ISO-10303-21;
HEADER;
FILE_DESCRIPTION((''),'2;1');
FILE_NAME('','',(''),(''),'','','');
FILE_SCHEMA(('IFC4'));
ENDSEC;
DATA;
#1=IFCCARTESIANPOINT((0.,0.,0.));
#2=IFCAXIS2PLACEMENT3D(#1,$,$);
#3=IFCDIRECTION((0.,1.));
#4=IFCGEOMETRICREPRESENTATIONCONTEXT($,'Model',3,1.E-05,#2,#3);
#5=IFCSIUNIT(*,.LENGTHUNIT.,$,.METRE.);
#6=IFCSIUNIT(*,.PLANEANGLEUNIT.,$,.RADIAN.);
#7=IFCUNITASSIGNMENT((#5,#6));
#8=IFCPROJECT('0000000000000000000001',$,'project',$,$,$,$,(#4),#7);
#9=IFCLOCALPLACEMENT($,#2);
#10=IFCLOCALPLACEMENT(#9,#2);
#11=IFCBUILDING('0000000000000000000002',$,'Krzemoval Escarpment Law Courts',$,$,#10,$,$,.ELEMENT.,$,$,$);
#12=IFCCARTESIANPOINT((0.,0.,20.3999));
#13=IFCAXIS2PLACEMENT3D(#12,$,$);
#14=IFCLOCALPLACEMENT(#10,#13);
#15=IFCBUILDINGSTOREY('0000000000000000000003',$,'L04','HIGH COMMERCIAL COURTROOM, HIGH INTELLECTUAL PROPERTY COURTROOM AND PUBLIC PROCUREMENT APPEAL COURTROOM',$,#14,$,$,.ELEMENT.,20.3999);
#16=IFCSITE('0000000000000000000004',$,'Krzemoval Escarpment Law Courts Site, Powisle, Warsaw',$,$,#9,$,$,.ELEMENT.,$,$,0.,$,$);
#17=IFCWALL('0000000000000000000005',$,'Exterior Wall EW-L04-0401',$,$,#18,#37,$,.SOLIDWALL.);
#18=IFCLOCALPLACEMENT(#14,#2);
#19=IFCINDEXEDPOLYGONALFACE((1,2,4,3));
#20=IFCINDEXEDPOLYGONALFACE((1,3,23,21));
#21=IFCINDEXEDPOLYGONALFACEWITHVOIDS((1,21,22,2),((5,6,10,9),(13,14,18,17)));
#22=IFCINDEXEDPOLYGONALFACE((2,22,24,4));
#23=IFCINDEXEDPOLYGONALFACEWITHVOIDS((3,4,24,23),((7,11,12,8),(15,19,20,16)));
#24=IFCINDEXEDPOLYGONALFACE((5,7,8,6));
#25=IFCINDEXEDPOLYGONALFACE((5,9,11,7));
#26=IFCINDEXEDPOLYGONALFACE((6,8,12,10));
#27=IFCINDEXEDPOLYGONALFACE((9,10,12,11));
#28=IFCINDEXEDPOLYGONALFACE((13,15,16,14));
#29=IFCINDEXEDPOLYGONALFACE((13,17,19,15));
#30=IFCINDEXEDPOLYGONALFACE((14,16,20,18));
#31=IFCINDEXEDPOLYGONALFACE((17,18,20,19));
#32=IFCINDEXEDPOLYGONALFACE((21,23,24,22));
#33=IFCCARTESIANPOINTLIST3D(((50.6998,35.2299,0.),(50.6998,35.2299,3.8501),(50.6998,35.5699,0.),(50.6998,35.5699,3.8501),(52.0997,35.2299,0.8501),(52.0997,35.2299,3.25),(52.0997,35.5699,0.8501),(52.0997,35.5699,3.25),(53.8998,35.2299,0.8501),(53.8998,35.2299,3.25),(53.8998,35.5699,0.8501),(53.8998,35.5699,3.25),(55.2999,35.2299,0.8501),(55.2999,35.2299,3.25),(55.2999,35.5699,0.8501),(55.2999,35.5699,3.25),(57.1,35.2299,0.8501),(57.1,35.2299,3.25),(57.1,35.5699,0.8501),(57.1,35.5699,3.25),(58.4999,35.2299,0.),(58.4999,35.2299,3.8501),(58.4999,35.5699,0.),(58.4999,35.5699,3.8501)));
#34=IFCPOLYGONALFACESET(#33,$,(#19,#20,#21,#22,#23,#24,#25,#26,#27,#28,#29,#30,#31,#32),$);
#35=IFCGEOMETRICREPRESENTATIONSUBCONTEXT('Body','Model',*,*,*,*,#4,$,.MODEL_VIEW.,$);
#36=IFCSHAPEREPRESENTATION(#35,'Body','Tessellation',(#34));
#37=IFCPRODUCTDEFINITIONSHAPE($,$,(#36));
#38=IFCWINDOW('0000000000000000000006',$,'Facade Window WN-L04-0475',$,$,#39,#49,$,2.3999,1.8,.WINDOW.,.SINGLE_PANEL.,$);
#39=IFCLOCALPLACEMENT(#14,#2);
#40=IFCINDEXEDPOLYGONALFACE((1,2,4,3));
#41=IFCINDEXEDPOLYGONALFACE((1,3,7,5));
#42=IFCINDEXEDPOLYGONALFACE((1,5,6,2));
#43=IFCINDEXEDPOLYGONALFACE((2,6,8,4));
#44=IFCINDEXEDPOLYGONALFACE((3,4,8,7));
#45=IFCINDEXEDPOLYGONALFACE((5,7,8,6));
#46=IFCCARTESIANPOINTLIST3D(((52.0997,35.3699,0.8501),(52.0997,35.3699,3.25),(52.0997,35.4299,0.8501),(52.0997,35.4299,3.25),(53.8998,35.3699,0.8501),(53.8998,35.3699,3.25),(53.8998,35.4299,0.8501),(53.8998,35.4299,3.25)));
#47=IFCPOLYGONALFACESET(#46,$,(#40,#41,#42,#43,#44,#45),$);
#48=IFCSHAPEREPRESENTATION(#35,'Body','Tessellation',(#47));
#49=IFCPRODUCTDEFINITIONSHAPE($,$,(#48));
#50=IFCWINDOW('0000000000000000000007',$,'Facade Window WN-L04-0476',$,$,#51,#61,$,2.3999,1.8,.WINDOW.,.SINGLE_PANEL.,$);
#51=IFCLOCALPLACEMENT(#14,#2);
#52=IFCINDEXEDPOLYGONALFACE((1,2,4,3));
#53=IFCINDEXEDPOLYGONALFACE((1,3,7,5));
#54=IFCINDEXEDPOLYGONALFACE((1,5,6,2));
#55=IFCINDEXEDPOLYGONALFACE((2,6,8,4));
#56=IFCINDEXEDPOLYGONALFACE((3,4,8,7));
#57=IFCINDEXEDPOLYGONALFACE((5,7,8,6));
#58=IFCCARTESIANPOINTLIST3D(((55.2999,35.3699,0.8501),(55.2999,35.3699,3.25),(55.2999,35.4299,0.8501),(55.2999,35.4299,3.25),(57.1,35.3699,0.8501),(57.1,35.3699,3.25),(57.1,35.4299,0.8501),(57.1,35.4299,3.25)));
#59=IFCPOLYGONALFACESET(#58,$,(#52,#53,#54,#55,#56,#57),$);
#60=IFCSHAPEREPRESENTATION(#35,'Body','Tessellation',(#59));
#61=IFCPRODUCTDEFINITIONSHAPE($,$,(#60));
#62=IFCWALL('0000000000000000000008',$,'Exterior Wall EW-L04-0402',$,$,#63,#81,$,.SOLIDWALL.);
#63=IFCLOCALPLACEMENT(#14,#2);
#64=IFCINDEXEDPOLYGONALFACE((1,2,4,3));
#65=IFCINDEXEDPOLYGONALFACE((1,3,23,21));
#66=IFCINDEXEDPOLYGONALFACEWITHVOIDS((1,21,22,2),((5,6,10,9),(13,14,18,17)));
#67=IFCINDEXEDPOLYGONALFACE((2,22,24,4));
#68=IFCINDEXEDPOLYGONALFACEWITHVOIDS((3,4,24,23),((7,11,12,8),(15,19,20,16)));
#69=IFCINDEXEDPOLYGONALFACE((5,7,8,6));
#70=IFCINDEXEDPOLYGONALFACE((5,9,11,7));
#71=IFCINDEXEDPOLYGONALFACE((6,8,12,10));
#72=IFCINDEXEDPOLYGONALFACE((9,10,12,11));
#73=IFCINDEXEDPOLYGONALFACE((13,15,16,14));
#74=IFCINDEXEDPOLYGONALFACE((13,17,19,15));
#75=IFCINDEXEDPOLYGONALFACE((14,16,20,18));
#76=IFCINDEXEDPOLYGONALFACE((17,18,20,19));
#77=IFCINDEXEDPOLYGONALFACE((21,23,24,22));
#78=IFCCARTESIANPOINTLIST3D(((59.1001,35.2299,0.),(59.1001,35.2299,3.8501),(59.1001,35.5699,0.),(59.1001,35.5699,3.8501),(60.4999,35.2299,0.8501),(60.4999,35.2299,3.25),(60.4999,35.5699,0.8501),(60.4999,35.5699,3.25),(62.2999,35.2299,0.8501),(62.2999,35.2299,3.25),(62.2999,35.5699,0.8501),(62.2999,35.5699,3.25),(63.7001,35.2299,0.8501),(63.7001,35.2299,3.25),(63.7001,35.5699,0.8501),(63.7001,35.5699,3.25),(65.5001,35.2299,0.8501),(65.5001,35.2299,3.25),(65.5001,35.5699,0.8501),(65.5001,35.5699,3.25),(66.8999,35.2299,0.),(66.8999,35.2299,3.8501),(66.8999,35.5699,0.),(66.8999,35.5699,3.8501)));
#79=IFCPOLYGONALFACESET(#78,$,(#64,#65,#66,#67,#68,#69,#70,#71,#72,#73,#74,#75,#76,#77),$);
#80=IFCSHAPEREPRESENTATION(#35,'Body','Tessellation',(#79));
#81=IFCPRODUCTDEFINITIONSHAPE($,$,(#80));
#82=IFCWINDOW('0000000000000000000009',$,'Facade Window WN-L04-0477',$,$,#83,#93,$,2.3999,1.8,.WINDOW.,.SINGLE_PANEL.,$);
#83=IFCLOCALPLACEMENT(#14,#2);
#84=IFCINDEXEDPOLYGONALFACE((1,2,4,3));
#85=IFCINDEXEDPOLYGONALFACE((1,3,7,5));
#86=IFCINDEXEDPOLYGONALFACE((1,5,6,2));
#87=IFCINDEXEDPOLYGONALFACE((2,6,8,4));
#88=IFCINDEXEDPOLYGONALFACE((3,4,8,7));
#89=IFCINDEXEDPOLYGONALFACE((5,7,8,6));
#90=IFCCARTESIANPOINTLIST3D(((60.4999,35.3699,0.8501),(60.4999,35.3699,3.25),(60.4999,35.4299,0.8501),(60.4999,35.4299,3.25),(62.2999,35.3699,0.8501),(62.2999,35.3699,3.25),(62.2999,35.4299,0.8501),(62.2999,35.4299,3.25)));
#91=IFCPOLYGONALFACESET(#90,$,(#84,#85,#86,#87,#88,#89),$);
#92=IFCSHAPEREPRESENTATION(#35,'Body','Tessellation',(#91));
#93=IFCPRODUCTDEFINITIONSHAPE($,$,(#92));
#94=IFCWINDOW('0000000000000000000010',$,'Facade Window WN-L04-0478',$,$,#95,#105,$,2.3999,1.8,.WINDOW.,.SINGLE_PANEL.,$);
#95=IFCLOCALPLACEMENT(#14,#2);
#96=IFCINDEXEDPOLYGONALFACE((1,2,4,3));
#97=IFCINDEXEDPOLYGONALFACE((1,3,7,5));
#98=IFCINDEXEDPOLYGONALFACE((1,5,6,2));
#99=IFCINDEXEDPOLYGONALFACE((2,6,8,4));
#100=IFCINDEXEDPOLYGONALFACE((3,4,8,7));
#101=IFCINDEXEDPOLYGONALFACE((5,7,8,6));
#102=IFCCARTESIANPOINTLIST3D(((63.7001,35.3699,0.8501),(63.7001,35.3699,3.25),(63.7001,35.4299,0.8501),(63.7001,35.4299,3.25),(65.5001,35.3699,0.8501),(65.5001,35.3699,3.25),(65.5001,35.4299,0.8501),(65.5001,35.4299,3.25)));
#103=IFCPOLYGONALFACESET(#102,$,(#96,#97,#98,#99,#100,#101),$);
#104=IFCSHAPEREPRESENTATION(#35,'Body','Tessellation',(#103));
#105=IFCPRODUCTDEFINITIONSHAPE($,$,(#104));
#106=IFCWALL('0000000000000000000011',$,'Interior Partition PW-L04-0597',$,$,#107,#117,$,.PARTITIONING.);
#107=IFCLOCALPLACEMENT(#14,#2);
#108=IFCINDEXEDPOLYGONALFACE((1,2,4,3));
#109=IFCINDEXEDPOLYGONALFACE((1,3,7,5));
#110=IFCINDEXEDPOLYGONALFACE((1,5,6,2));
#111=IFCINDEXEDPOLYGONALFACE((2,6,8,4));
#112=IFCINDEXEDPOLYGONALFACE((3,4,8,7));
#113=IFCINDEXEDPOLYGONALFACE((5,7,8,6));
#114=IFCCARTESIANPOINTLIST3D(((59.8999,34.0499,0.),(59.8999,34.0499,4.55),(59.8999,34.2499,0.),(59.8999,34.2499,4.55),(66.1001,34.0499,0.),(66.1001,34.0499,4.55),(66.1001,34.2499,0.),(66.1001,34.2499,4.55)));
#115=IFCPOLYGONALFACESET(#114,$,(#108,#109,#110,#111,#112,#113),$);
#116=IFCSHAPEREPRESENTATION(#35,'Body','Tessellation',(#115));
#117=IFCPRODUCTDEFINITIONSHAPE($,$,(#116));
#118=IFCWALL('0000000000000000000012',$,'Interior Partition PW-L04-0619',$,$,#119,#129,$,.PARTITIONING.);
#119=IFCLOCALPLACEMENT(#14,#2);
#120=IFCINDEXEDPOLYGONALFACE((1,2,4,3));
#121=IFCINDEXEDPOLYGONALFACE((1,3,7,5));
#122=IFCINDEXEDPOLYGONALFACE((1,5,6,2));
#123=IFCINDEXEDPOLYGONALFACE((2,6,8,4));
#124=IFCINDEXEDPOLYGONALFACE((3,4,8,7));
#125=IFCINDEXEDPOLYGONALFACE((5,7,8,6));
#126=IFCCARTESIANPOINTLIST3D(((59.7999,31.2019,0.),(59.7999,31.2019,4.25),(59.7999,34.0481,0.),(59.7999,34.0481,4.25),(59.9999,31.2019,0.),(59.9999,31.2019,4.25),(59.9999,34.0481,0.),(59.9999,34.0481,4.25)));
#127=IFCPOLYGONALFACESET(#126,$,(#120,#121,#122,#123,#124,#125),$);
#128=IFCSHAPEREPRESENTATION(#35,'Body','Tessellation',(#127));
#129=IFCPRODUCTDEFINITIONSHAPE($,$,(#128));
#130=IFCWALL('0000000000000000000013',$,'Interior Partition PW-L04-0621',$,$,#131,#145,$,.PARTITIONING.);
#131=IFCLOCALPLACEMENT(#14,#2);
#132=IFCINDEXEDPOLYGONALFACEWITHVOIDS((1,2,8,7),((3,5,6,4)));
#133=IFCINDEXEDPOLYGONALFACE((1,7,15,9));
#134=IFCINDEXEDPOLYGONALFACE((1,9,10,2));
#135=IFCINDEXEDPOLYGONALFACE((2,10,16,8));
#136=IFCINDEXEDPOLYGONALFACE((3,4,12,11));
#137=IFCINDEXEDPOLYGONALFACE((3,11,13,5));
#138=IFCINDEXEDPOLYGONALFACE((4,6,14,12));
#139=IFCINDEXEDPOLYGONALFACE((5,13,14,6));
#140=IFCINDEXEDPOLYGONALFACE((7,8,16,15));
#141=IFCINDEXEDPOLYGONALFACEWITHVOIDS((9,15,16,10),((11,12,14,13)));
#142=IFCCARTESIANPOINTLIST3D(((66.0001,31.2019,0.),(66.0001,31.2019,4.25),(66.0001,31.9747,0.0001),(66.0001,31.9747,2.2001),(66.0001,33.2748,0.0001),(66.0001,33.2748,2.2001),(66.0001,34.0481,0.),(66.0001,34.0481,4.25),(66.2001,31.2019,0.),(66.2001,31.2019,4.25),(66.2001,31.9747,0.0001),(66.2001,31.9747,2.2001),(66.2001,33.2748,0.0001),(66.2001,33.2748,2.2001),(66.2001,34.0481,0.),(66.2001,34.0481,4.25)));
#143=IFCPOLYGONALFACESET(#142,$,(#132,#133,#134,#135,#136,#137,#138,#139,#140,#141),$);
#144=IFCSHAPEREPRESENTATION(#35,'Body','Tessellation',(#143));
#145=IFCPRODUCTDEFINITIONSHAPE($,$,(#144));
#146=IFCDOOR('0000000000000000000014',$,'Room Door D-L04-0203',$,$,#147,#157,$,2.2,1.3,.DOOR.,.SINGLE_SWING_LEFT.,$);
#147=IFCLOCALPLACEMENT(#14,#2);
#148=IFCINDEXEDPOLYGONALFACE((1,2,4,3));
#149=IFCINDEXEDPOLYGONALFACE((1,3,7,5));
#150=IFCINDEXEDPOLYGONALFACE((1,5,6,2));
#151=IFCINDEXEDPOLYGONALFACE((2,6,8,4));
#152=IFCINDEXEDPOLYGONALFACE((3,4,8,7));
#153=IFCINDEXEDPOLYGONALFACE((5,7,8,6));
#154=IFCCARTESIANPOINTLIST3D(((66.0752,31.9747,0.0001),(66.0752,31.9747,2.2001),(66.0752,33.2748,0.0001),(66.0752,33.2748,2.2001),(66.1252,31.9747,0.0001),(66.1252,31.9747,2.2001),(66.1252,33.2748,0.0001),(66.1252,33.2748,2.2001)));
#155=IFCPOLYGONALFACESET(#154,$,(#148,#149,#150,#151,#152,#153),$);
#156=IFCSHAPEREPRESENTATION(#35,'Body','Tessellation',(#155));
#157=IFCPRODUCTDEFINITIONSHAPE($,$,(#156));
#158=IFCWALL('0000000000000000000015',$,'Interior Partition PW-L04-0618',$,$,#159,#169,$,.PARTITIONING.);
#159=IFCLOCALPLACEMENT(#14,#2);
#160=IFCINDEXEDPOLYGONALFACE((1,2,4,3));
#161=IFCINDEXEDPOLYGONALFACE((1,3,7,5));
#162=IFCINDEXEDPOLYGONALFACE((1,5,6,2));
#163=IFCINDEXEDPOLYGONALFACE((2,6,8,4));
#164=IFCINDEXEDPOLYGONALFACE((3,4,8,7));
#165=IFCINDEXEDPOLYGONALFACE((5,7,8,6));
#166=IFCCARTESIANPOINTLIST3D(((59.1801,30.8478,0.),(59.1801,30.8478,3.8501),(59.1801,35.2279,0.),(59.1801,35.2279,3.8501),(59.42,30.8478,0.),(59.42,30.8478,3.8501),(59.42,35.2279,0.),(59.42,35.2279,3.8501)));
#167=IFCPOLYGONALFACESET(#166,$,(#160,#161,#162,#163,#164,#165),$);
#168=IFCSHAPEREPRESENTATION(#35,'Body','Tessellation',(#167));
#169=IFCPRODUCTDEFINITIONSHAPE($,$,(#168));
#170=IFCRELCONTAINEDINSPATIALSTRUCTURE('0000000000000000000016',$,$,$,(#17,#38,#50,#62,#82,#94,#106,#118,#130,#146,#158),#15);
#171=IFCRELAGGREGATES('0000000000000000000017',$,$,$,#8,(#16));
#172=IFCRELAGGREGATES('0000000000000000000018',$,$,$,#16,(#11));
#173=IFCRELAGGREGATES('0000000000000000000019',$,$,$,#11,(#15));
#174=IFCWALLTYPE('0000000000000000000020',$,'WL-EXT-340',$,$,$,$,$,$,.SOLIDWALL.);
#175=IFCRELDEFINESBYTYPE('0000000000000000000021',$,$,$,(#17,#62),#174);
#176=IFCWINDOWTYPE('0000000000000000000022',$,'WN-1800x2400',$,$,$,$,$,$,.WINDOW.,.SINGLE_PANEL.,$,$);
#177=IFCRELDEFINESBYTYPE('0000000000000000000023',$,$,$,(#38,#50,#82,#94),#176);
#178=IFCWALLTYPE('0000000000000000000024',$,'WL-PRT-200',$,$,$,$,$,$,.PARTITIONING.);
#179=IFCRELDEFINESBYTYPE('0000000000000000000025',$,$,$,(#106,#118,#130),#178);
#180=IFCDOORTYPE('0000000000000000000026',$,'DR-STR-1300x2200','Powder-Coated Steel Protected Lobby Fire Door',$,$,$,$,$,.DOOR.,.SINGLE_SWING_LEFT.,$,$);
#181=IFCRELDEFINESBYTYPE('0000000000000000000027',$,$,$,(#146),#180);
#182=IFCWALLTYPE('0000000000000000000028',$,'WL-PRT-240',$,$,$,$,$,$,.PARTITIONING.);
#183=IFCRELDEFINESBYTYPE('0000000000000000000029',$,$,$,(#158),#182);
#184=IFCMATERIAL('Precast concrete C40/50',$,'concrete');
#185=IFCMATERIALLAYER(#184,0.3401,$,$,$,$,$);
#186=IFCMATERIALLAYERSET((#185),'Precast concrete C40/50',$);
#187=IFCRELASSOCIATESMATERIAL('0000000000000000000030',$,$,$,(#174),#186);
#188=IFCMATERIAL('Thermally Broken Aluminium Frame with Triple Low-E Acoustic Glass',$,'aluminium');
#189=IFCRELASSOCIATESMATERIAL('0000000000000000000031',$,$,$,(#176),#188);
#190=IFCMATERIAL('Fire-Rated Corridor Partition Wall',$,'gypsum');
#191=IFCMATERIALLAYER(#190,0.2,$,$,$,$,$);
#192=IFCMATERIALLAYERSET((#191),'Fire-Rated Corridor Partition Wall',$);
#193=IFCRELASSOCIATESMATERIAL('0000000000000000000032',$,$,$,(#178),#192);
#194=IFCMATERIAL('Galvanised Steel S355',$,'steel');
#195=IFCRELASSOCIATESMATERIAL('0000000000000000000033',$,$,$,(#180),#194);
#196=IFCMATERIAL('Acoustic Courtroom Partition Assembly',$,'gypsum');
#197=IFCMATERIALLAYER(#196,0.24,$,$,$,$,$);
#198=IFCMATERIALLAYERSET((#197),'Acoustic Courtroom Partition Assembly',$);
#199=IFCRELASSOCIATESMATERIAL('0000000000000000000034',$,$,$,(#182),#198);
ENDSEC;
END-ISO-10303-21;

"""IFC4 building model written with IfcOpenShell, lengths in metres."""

from ifc_helpers import new_model, si_unit, direction, frame, frame_2d, origin, place, context, subcontext, project, spatial, rectangle, extrude, material, layer, layer_set, type_object, element, fill, save


model = new_model("IFC4")

# Units and contexts
model_context = context("Model", 3, precision=1e-05, world=origin(), true_north=direction((0.0, 1.0)))
body_context = subcontext(model_context, "Body", "Model", "MODEL_VIEW")
ifc_project = project(units=[si_unit("LENGTHUNIT", "METRE"), si_unit("PLANEANGLEUNIT", "RADIAN")], contexts=[model_context])

# Site, building, storey
site_placement = place(None, origin())
site = spatial("IfcSite", under=ifc_project, at=site_placement, Name="Krzemoval Escarpment Law Courts Site, Powisle, Warsaw", CompositionType="ELEMENT", RefElevation=0.0)
building_placement = place(site_placement, origin())
building = spatial("IfcBuilding", under=site, at=building_placement, Name="Krzemoval Escarpment Law Courts", CompositionType="ELEMENT")
storey_placement = place(building_placement, frame((0.0, 0.0, 20.3999)))
storey = spatial("IfcBuildingStorey", under=building, at=storey_placement, Name="L04", Description="HIGH COMMERCIAL COURTROOM, HIGH INTELLECTUAL PROPERTY COURTROOM AND PUBLIC PROCUREMENT APPEAL COURTROOM", CompositionType="ELEMENT", Elevation=20.3999)

# Walls, openings, windows
ifc_material_1 = material(Name="Precast concrete C40/50", Category="concrete")
ifc_layer_1 = layer(ifc_material_1, 0.3401)
ifc_layer_set_1 = layer_set([ifc_layer_1], Name="Precast concrete C40/50")
wall_type_1 = type_object("IfcWallType", Name="WL-EXT-340", PredefinedType="SOLIDWALL", material=ifc_layer_set_1)
wall_1_placement = place(storey_placement, frame((50.7, 35.3999, 0.0), z_axis=(0.0, 0.0, 1.0), x_axis=(1.0, 0.0, 0.0)))
wall_1 = element("IfcWall", 1, at=wall_1_placement, inside=storey, type_object=wall_type_1, Name="Exterior Wall EW-L04-0401", PredefinedType="SOLIDWALL", context=body_context, shape_type="SweptSolid", body=[
    extrude(rectangle(XDim=7.8, YDim=0.3401, at=frame_2d((3.8999, 0.0))), origin(), (0.0, 0.0, 1.0), 3.8501),
])
opening_1_placement = place(wall_1_placement, frame((1.3999, 0.0, 0.8501)))
opening_1 = element("IfcOpeningElement", 2, at=opening_1_placement, cuts=wall_1, PredefinedType="OPENING", context=body_context, shape_type="SweptSolid", body=[
    extrude(rectangle(XDim=1.8, YDim=2.3999, at=frame_2d((0.8999, 1.2))), frame((0.0, 0.185, 0.0), z_axis=(0.0, -1.0, 0.0), x_axis=(1.0, 0.0, 0.0)), (0.0, 0.0, 1.0), 0.3701),
])
opening_2_placement = place(wall_1_placement, frame((4.6001, 0.0, 0.8501)))
opening_2 = element("IfcOpeningElement", 3, at=opening_2_placement, cuts=wall_1, PredefinedType="OPENING", context=body_context, shape_type="SweptSolid", body=[
    extrude(rectangle(XDim=1.8, YDim=2.3999, at=frame_2d((0.8999, 1.2))), frame((0.0, 0.185, 0.0), z_axis=(0.0, -1.0, 0.0), x_axis=(1.0, 0.0, 0.0)), (0.0, 0.0, 1.0), 0.3701),
])
ifc_material_2 = material(Name="Thermally Broken Aluminium Frame with Triple Low-E Acoustic Glass", Category="aluminium")
window_type = type_object("IfcWindowType", Name="WN-1800x2400", PartitioningType="SINGLE_PANEL", PredefinedType="WINDOW", material=ifc_material_2)
window_1_placement = place(opening_1_placement, origin())
window_1 = element("IfcWindow", 4, at=window_1_placement, inside=storey, type_object=window_type, Name="Facade Window WN-L04-0475", OverallHeight=2.3999, OverallWidth=1.8, PartitioningType="SINGLE_PANEL", PredefinedType="WINDOW", context=body_context, shape_type="SweptSolid", body=[
    extrude(rectangle(XDim=1.8, YDim=2.3999, at=frame_2d((0.8999, 1.2))), frame((0.0, 0.03, 0.0), z_axis=(0.0, -1.0, 0.0), x_axis=(1.0, 0.0, 0.0)), (0.0, 0.0, 1.0), 0.0601),
])
fill(opening_1, window_1)
window_2_placement = place(opening_2_placement, origin())
window_2 = element("IfcWindow", 5, at=window_2_placement, inside=storey, type_object=window_type, Name="Facade Window WN-L04-0476", OverallHeight=2.3999, OverallWidth=1.8, PartitioningType="SINGLE_PANEL", PredefinedType="WINDOW", context=body_context, shape_type="SweptSolid", body=[
    extrude(rectangle(XDim=1.8, YDim=2.3999, at=frame_2d((0.8999, 1.2))), frame((0.0, 0.03, 0.0), z_axis=(0.0, -1.0, 0.0), x_axis=(1.0, 0.0, 0.0)), (0.0, 0.0, 1.0), 0.0601),
])
fill(opening_2, window_2)
wall_2_placement = place(storey_placement, frame((59.1001, 35.3999, 0.0), z_axis=(0.0, 0.0, 1.0), x_axis=(1.0, 0.0, 0.0)))
wall_2 = element("IfcWall", 6, at=wall_2_placement, inside=storey, type_object=wall_type_1, Name="Exterior Wall EW-L04-0402", PredefinedType="SOLIDWALL", context=body_context, shape_type="SweptSolid", body=[
    extrude(rectangle(XDim=7.7998, YDim=0.3401, at=frame_2d((3.8999, 0.0))), origin(), (0.0, 0.0, 1.0), 3.8501),
])
opening_3_placement = place(wall_2_placement, frame((1.3999, 0.0, 0.8501)))
opening_3 = element("IfcOpeningElement", 7, at=opening_3_placement, cuts=wall_2, PredefinedType="OPENING", context=body_context, shape_type="SweptSolid", body=[
    extrude(rectangle(XDim=1.8, YDim=2.3999, at=frame_2d((0.8999, 1.2))), frame((0.0, 0.185, 0.0), z_axis=(0.0, -1.0, 0.0), x_axis=(1.0, 0.0, 0.0)), (0.0, 0.0, 1.0), 0.3701),
])
opening_4_placement = place(wall_2_placement, frame((4.6001, 0.0, 0.8501)))
opening_4 = element("IfcOpeningElement", 8, at=opening_4_placement, cuts=wall_2, PredefinedType="OPENING", context=body_context, shape_type="SweptSolid", body=[
    extrude(rectangle(XDim=1.8, YDim=2.3999, at=frame_2d((0.8999, 1.2))), frame((0.0, 0.185, 0.0), z_axis=(0.0, -1.0, 0.0), x_axis=(1.0, 0.0, 0.0)), (0.0, 0.0, 1.0), 0.3701),
])
window_3_placement = place(opening_3_placement, origin())
window_3 = element("IfcWindow", 9, at=window_3_placement, inside=storey, type_object=window_type, Name="Facade Window WN-L04-0477", OverallHeight=2.3999, OverallWidth=1.8, PartitioningType="SINGLE_PANEL", PredefinedType="WINDOW", context=body_context, shape_type="SweptSolid", body=[
    extrude(rectangle(XDim=1.8, YDim=2.3999, at=frame_2d((0.8999, 1.2))), frame((0.0, 0.03, 0.0), z_axis=(0.0, -1.0, 0.0), x_axis=(1.0, 0.0, 0.0)), (0.0, 0.0, 1.0), 0.0601),
])
fill(opening_3, window_3)
window_4_placement = place(opening_4_placement, origin())
window_4 = element("IfcWindow", 10, at=window_4_placement, inside=storey, type_object=window_type, Name="Facade Window WN-L04-0478", OverallHeight=2.3999, OverallWidth=1.8, PartitioningType="SINGLE_PANEL", PredefinedType="WINDOW", context=body_context, shape_type="SweptSolid", body=[
    extrude(rectangle(XDim=1.8, YDim=2.3999, at=frame_2d((0.8999, 1.2))), frame((0.0, 0.03, 0.0), z_axis=(0.0, -1.0, 0.0), x_axis=(1.0, 0.0, 0.0)), (0.0, 0.0, 1.0), 0.0601),
])
fill(opening_4, window_4)

# Walls
ifc_material_3 = material(Name="Fire-Rated Corridor Partition Wall", Category="gypsum")
ifc_layer_2 = layer(ifc_material_3, 0.2)
ifc_layer_set_2 = layer_set([ifc_layer_2], Name="Fire-Rated Corridor Partition Wall")
wall_type_2 = type_object("IfcWallType", Name="WL-PRT-200", PredefinedType="PARTITIONING", material=ifc_layer_set_2)
wall_3_placement = place(storey_placement, frame((59.8999, 34.1499, 0.0), z_axis=(0.0, 0.0, 1.0), x_axis=(1.0, 0.0, 0.0)))
element("IfcWall", 11, at=wall_3_placement, inside=storey, type_object=wall_type_2, Name="Interior Partition PW-L04-0597", PredefinedType="PARTITIONING", context=body_context, shape_type="SweptSolid", body=[
    extrude(rectangle(XDim=6.2002, YDim=0.2, at=frame_2d((3.1001, 0.0))), origin(), (0.0, 0.0, 1.0), 4.55),
])
wall_4_placement = place(storey_placement, frame((59.8999, 31.2019, 0.0), z_axis=(0.0, 0.0, 1.0), x_axis=(0.0, 1.0, 0.0)))
element("IfcWall", 12, at=wall_4_placement, inside=storey, type_object=wall_type_2, Name="Interior Partition PW-L04-0619", PredefinedType="PARTITIONING", context=body_context, shape_type="SweptSolid", body=[
    extrude(rectangle(XDim=2.8462, YDim=0.2, at=frame_2d((1.4231, 0.0))), origin(), (0.0, 0.0, 1.0), 4.25),
])

# Wall, opening, door
wall_5_placement = place(storey_placement, frame((66.1001, 31.2019, 0.0), z_axis=(0.0, 0.0, 1.0), x_axis=(0.0, 1.0, 0.0)))
wall_5 = element("IfcWall", 13, at=wall_5_placement, inside=storey, type_object=wall_type_2, Name="Interior Partition PW-L04-0621", PredefinedType="PARTITIONING", context=body_context, shape_type="SweptSolid", body=[
    extrude(rectangle(XDim=2.8462, YDim=0.2, at=frame_2d((1.4231, 0.0))), origin(), (0.0, 0.0, 1.0), 4.25),
])
opening_5_placement = place(wall_5_placement, frame((0.7729, 0.0, 0.0)))
opening_5 = element("IfcOpeningElement", 14, at=opening_5_placement, cuts=wall_5, PredefinedType="OPENING", context=body_context, shape_type="SweptSolid", body=[
    extrude(rectangle(XDim=1.3, YDim=2.2, at=frame_2d((0.6499, 1.1001))), frame((0.0, 0.115, 0.0), z_axis=(0.0, -1.0, 0.0), x_axis=(1.0, 0.0, 0.0)), (0.0, 0.0, 1.0), 0.2299),
])
ifc_material_4 = material(Name="Galvanised Steel S355", Category="steel")
door_type_1 = type_object("IfcDoorType", Name="DR-STR-1300x2200", Description="Powder-Coated Steel Protected Lobby Fire Door", OperationType="SINGLE_SWING_LEFT", PredefinedType="DOOR", material=ifc_material_4)
door_1_placement = place(opening_5_placement, origin())
door_1 = element("IfcDoor", 15, at=door_1_placement, inside=storey, type_object=door_type_1, Name="Room Door D-L04-0203", OperationType="SINGLE_SWING_LEFT", OverallHeight=2.2, OverallWidth=1.3, PredefinedType="DOOR", context=body_context, shape_type="SweptSolid", body=[
    extrude(rectangle(XDim=1.3, YDim=2.2, at=frame_2d((0.6499, 1.1001))), frame((0.0, 0.0249, 0.0), z_axis=(0.0, -1.0, 0.0), x_axis=(1.0, 0.0, 0.0)), (0.0, 0.0, 1.0), 0.05),
])
fill(opening_5, door_1)

# Wall
ifc_material_5 = material(Name="Acoustic Courtroom Partition Assembly", Category="gypsum")
ifc_layer_3 = layer(ifc_material_5, 0.24)
ifc_layer_set_3 = layer_set([ifc_layer_3], Name="Acoustic Courtroom Partition Assembly")
wall_type_3 = type_object("IfcWallType", Name="WL-PRT-240", PredefinedType="PARTITIONING", material=ifc_layer_set_3)
wall_6_placement = place(storey_placement, frame((59.3, 30.8479, 0.0), z_axis=(0.0, 0.0, 1.0), x_axis=(0.0, 1.0, 0.0)))
element("IfcWall", 16, at=wall_6_placement, inside=storey, type_object=wall_type_3, Name="Interior Partition PW-L04-0618", PredefinedType="PARTITIONING", context=body_context, shape_type="SweptSolid", body=[
    extrude(rectangle(XDim=4.3801, YDim=0.24, at=frame_2d((2.1899, 0.0))), origin(), (0.0, 0.0, 1.0), 3.8501),
])

save(model, "model.ifc")
